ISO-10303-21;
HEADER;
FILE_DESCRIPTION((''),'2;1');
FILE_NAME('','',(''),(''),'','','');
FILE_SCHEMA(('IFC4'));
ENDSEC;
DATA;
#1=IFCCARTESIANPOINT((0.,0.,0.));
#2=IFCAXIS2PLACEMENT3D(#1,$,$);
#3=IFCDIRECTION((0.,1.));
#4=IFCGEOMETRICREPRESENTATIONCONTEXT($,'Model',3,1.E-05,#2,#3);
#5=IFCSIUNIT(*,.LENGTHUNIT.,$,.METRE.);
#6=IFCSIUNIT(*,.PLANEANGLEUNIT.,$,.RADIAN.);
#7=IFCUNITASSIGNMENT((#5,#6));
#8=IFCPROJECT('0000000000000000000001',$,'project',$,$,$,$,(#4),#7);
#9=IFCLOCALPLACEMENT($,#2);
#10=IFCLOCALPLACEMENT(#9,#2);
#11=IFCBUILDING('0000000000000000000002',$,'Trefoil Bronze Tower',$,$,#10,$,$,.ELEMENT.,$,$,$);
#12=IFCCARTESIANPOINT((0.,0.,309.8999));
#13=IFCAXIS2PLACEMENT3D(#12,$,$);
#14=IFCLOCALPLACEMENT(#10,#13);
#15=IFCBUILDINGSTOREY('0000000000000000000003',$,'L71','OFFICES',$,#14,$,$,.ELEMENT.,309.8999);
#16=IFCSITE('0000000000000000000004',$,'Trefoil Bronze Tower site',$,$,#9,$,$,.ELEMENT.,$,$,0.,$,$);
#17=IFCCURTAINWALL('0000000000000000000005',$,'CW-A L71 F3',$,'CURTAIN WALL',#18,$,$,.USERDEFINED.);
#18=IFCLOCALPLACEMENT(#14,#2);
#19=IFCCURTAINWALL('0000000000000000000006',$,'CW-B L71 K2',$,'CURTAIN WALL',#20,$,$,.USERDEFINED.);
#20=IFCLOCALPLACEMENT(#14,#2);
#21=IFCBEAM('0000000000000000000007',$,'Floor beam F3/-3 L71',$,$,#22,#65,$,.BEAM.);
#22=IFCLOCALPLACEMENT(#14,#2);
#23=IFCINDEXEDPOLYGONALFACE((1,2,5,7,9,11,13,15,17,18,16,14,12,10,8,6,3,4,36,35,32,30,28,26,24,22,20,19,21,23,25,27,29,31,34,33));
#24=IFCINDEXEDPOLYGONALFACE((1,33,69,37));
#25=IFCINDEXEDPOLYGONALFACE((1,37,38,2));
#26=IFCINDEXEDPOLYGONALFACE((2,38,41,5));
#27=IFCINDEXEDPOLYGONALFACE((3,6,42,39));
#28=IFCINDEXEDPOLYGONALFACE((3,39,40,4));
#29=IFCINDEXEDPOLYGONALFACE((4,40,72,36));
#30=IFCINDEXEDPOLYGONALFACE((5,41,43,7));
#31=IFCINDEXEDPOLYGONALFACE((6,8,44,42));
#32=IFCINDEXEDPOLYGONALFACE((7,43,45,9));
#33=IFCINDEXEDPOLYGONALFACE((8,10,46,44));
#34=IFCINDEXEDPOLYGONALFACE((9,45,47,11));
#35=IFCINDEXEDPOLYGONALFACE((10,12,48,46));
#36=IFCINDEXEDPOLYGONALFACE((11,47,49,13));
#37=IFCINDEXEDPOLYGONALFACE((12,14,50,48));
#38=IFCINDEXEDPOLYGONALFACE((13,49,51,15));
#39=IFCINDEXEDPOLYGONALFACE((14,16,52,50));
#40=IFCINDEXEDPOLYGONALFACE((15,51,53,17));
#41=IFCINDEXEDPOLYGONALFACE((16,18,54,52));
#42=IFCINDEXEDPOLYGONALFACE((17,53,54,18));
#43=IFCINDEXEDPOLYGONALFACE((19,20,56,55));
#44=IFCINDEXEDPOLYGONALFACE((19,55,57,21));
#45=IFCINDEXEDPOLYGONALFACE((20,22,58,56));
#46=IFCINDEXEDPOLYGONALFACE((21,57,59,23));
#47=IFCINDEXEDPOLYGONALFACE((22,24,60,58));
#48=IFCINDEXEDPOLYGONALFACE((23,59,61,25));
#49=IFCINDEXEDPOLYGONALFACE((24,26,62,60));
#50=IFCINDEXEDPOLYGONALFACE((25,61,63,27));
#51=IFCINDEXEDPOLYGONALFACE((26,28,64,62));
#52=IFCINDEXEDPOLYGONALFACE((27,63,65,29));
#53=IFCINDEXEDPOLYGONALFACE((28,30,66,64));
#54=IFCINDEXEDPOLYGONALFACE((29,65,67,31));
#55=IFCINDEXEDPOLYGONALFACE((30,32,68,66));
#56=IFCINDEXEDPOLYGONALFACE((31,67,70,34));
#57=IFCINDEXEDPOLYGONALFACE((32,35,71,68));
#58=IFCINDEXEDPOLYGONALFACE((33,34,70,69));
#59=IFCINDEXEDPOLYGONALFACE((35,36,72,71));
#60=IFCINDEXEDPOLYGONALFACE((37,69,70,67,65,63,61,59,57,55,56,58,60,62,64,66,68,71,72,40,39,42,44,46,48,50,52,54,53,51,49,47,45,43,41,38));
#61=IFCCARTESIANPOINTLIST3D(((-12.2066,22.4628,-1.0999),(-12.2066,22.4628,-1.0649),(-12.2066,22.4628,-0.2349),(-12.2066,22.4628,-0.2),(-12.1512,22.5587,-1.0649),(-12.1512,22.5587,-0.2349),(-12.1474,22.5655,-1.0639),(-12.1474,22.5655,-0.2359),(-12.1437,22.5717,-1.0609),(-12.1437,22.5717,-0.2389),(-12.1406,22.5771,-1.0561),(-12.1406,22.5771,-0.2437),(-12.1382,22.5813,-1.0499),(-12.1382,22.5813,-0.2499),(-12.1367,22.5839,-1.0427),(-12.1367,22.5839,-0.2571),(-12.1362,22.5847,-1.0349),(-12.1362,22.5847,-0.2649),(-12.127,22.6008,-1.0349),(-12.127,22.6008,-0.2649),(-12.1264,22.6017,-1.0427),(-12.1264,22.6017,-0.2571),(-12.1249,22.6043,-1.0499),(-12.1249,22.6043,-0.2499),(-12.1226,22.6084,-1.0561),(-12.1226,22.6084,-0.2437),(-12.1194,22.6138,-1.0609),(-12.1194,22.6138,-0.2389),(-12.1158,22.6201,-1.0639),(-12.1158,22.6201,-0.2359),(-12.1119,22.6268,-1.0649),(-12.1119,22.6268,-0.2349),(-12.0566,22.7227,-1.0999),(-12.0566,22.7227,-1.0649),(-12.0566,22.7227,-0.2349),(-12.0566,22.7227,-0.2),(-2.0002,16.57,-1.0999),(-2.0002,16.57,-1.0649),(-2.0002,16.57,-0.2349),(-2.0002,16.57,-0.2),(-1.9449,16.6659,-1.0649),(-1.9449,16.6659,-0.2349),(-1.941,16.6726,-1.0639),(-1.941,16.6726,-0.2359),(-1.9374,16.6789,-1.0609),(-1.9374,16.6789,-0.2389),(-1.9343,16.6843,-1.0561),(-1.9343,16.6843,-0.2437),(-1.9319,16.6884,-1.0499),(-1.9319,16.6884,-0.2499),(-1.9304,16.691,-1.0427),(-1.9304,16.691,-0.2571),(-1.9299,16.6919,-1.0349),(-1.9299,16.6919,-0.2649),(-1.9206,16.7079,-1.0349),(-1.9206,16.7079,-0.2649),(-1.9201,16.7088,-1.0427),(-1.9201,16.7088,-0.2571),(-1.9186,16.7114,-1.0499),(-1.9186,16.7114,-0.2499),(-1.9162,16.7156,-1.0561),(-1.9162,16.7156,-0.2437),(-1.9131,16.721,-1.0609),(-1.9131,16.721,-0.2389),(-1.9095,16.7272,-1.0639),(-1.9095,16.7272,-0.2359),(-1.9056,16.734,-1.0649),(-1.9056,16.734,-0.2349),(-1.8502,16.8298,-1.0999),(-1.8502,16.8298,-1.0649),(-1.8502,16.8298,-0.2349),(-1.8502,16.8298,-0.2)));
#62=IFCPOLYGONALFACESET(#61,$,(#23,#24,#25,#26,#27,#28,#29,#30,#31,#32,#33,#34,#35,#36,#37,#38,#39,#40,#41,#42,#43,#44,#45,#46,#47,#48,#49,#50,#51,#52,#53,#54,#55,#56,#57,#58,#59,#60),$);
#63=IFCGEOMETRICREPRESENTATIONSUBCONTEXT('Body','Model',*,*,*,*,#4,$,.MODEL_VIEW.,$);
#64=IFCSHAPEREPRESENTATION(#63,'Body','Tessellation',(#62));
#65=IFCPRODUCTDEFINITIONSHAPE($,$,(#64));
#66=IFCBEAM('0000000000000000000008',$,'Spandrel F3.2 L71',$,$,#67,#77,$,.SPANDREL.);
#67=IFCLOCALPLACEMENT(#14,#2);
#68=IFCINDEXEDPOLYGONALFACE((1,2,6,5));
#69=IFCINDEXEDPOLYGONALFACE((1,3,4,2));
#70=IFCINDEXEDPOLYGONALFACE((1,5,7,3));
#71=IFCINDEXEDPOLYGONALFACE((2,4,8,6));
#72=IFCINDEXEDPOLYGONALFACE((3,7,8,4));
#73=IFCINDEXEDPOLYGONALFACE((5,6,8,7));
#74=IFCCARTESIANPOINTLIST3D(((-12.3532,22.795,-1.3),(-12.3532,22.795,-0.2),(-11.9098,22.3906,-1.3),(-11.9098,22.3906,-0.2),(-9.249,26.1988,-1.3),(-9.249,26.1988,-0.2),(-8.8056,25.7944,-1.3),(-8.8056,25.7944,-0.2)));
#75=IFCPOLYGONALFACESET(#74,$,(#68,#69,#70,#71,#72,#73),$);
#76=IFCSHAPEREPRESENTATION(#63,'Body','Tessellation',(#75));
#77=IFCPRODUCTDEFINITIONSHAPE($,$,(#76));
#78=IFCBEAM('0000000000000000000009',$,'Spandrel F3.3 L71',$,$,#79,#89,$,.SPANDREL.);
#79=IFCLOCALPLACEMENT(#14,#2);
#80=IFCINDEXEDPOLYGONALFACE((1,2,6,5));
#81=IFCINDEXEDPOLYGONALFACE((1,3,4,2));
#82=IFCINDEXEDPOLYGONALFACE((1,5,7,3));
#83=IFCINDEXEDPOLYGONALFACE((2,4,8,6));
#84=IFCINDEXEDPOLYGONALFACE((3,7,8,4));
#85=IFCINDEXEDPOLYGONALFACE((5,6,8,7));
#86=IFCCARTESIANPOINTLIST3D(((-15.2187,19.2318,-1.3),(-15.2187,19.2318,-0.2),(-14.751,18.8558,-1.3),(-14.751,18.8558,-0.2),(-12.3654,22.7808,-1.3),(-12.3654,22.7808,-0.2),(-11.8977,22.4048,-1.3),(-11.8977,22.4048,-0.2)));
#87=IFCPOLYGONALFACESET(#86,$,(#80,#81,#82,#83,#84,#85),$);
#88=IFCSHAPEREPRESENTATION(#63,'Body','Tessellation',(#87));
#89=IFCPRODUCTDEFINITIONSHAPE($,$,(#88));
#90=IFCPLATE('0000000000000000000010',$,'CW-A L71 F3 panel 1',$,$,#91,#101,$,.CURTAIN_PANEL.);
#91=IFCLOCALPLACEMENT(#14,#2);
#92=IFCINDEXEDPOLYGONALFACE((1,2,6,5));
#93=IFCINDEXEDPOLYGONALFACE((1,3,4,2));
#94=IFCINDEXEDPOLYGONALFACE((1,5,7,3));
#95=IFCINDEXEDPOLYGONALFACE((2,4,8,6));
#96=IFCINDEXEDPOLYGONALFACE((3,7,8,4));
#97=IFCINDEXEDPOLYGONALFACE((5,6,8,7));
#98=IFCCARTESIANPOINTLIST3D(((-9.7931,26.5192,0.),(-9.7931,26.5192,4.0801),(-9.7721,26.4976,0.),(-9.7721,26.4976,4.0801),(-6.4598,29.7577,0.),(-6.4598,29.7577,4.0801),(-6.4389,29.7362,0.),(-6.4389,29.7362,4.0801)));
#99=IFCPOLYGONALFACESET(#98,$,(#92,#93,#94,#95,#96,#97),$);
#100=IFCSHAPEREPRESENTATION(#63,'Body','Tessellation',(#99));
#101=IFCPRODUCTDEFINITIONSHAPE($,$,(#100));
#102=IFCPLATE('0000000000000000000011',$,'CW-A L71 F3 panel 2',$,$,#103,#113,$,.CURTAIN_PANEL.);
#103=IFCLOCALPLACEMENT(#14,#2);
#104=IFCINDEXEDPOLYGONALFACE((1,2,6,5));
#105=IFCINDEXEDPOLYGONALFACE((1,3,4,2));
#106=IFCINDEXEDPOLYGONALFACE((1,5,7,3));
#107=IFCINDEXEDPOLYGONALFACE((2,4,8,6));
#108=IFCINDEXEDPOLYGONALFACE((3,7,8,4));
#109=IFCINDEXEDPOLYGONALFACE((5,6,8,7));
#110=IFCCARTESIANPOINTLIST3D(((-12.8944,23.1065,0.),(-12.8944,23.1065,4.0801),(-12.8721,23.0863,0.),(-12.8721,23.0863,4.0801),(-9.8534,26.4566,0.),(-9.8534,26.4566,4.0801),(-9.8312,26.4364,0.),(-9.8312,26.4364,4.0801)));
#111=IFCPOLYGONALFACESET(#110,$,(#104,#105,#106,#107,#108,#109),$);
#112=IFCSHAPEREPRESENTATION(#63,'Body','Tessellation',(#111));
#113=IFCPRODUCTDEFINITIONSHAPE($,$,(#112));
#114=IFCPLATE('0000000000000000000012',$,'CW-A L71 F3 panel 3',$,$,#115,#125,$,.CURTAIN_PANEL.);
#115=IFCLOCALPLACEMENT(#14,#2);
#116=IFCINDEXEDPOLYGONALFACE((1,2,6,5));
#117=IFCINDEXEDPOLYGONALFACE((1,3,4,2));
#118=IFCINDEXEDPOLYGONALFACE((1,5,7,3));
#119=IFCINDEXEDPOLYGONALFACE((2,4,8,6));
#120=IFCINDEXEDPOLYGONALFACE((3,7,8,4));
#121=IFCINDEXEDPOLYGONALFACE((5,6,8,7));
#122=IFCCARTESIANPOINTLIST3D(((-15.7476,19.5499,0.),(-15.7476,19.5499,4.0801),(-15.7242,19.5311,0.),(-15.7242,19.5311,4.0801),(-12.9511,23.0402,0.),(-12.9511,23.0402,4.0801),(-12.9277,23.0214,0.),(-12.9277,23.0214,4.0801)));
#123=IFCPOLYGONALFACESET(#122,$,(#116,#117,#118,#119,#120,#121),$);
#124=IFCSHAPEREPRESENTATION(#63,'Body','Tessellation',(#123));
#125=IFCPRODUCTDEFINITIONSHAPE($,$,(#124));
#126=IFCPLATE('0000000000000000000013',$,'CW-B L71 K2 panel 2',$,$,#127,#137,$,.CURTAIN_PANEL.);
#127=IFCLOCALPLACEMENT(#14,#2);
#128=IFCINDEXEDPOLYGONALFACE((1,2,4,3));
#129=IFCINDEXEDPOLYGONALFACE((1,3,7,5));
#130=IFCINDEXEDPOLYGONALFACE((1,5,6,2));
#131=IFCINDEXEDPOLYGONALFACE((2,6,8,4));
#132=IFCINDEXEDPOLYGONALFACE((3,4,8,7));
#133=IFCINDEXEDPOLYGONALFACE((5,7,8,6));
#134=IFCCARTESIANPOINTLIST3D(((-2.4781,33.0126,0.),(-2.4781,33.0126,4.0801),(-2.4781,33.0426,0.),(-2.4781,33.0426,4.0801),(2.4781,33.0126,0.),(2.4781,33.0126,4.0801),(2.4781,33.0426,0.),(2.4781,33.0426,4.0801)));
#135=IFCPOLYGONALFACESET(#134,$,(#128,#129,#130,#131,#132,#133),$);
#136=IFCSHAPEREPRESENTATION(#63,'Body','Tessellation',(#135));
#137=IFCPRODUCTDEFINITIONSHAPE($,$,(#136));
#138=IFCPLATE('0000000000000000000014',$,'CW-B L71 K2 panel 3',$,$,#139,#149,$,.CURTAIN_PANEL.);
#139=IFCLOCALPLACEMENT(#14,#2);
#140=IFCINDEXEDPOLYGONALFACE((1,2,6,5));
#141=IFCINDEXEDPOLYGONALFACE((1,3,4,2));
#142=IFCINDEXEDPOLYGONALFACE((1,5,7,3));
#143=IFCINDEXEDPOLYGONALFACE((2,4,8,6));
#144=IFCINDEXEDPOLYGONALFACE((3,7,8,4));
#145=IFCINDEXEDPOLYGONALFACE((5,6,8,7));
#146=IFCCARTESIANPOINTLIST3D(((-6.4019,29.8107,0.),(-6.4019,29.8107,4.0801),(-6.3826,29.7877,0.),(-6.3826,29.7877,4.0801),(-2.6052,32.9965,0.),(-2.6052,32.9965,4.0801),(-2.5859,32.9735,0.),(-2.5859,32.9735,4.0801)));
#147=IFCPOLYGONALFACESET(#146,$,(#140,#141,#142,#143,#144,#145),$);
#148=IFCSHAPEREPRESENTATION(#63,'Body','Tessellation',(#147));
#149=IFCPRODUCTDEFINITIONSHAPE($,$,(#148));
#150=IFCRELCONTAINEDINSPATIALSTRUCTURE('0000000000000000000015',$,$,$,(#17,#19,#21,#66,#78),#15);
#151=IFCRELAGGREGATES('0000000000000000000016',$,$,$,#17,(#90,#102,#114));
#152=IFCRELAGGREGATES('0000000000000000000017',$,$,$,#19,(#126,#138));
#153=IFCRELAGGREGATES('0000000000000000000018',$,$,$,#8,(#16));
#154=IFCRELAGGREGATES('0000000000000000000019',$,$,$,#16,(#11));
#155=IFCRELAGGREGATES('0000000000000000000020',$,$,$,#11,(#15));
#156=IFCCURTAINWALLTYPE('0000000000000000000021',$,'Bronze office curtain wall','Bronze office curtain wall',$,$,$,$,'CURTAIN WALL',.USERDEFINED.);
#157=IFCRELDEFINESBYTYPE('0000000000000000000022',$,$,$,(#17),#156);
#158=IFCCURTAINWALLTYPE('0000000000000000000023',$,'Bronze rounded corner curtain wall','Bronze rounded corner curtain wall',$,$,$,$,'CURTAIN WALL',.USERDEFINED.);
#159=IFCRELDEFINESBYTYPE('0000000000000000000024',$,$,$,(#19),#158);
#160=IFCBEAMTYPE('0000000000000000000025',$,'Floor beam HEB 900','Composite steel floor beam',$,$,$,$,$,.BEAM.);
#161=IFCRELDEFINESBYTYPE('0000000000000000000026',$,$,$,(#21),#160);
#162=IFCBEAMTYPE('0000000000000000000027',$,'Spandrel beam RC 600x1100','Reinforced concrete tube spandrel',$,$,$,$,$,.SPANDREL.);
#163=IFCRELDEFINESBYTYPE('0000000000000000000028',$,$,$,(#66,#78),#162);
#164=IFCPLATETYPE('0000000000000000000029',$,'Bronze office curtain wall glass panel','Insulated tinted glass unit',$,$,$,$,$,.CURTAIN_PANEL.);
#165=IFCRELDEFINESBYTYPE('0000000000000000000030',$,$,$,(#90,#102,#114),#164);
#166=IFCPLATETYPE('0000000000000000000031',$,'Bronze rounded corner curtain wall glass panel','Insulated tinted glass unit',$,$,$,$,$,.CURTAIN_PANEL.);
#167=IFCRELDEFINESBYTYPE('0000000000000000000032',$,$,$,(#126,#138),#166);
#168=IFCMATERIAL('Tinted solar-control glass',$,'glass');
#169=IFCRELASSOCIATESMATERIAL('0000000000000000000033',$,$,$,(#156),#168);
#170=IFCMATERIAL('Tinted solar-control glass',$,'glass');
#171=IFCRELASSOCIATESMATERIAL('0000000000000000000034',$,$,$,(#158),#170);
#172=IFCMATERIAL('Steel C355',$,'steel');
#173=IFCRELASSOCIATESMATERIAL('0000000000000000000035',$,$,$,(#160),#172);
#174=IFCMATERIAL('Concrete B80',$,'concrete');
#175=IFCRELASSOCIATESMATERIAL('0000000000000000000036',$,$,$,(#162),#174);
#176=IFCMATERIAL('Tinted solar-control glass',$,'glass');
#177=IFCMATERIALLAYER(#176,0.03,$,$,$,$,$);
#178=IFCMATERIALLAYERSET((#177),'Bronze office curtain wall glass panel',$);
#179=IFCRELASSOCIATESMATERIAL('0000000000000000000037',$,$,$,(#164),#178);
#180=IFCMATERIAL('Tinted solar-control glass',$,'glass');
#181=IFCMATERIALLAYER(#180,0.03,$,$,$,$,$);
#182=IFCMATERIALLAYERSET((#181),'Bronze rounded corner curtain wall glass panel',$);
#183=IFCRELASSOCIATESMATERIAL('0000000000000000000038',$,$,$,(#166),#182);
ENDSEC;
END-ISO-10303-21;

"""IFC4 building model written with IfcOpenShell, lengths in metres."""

from ifc_helpers import new_model, si_unit, direction, frame, origin, origin_2d, place, context, subcontext, project, spatial, rectangle, i_section, extrude, material, layer, layer_set, material_profile, profile_set, type_object, element, aggregate, save


model = new_model("IFC4")

# Units and contexts
model_context = context("Model", 3, precision=1e-05, world=origin(), true_north=direction((0.0, 1.0)))
body_context = subcontext(model_context, "Body", "Model", "MODEL_VIEW")
ifc_project = project(units=[si_unit("LENGTHUNIT", "METRE"), si_unit("PLANEANGLEUNIT", "RADIAN")], contexts=[model_context])

# Site, building, storey
site_placement = place(None, origin())
site = spatial("IfcSite", under=ifc_project, at=site_placement, Name="Trefoil Bronze Tower site", CompositionType="ELEMENT", RefElevation=0.0)
building_placement = place(site_placement, origin())
building = spatial("IfcBuilding", under=site, at=building_placement, Name="Trefoil Bronze Tower", CompositionType="ELEMENT")
storey_placement = place(building_placement, frame((0.0, 0.0, 309.8999)))
storey = spatial("IfcBuildingStorey", under=building, at=storey_placement, Name="L71", Description="OFFICES", CompositionType="ELEMENT", Elevation=309.8999)

# Curtain walls
ifc_material_1 = material(Name="Tinted solar-control glass", Category="glass")
curtain_wall_type_1 = type_object("IfcCurtainWallType", Name="Bronze office curtain wall", Description="Bronze office curtain wall", ElementType="CURTAIN WALL", PredefinedType="USERDEFINED", material=ifc_material_1)
curtain_wall_1_placement = place(storey_placement, origin())
curtain_wall_1 = element("IfcCurtainWall", 1, at=curtain_wall_1_placement, inside=storey, type_object=curtain_wall_type_1, Name="CW-A L71 F3", ObjectType="CURTAIN WALL", PredefinedType="USERDEFINED")
ifc_material_2 = material(Name="Tinted solar-control glass", Category="glass")
curtain_wall_type_2 = type_object("IfcCurtainWallType", Name="Bronze rounded corner curtain wall", Description="Bronze rounded corner curtain wall", ElementType="CURTAIN WALL", PredefinedType="USERDEFINED", material=ifc_material_2)
curtain_wall_2_placement = place(storey_placement, origin())
curtain_wall_2 = element("IfcCurtainWall", 2, at=curtain_wall_2_placement, inside=storey, type_object=curtain_wall_type_2, Name="CW-B L71 K2", ObjectType="CURTAIN WALL", PredefinedType="USERDEFINED")

# Beams
ifc_material_3 = material(Name="Steel C355", Category="steel")
ifc_material_profile_1 = material_profile(ifc_material_3, i_section(OverallWidth=0.3, OverallDepth=0.8999, WebThickness=0.0186, FlangeThickness=0.0349, FilletRadius=0.03, at=origin_2d()), Name="HEB 900")
ifc_profile_set_1 = profile_set([ifc_material_profile_1], Name="Steel C355")
beam_type_1 = type_object("IfcBeamType", Name="Floor beam HEB 900", Description="Composite steel floor beam", PredefinedType="BEAM", material=ifc_profile_set_1)
beam_1_placement = place(storey_placement, frame((-12.1316, 22.5928, -0.6499), z_axis=(0.866018, -0.500014, 0.0), x_axis=(0.500014, 0.866018, 0.0)))
element("IfcBeam", 3, at=beam_1_placement, inside=storey, type_object=beam_type_1, Name="Floor beam F3/-3 L71", PredefinedType="BEAM", context=body_context, shape_type="SweptSolid", body=[
    extrude(i_section(OverallWidth=0.3, OverallDepth=0.8999, WebThickness=0.0186, FlangeThickness=0.0349, FilletRadius=0.03, at=origin_2d()), origin(), (0.0, 0.0, 1.0), 11.7854),
])
ifc_material_4 = material(Name="Concrete B80", Category="concrete")
ifc_material_profile_2 = material_profile(ifc_material_4, rectangle(XDim=0.6001, YDim=1.1001, at=origin_2d()), Name="RC 600x1100")
ifc_profile_set_2 = profile_set([ifc_material_profile_2], Name="Concrete B80")
beam_type_2 = type_object("IfcBeamType", Name="Spandrel beam RC 600x1100", Description="Reinforced concrete tube spandrel", PredefinedType="SPANDREL", material=ifc_profile_set_2)
beam_2_placement = place(storey_placement, frame((-9.0273, 25.9966, -0.75), z_axis=(-0.673846, -0.738872, 0.0), x_axis=(0.738872, -0.673846, 0.0)))
element("IfcBeam", 4, at=beam_2_placement, inside=storey, type_object=beam_type_2, Name="Spandrel F3.2 L71", PredefinedType="SPANDREL", context=body_context, shape_type="SweptSolid", body=[
    extrude(rectangle(XDim=0.6001, YDim=1.1001, at=origin_2d()), origin(), (0.0, 0.0, 1.0), 4.6067),
])
beam_3_placement = place(storey_placement, frame((-12.1316, 22.5928, -0.75), z_axis=(-0.62657, -0.779365, 0.0), x_axis=(0.779365, -0.62657, 0.0)))
element("IfcBeam", 5, at=beam_3_placement, inside=storey, type_object=beam_type_2, Name="Spandrel F3.3 L71", PredefinedType="SPANDREL", context=body_context, shape_type="SweptSolid", body=[
    extrude(rectangle(XDim=0.6001, YDim=1.1001, at=origin_2d()), origin(), (0.0, 0.0, 1.0), 4.5537),
])

# Plates
ifc_material_5 = material(Name="Tinted solar-control glass", Category="glass")
ifc_layer_1 = layer(ifc_material_5, 0.03)
ifc_layer_set_1 = layer_set([ifc_layer_1], Name="Bronze office curtain wall glass panel")
plate_type_1 = type_object("IfcPlateType", Name="Bronze office curtain wall glass panel", Description="Insulated tinted glass unit", PredefinedType="CURTAIN_PANEL", material=ifc_layer_set_1)
plate_1_placement = place(storey_placement, frame((-8.116, 28.1277, 0.0), z_axis=(0.0, 0.0, 1.0), x_axis=(-0.717218, -0.696849, 0.0)))
plate_1 = element("IfcPlate", 6, at=plate_1_placement, type_object=plate_type_1, Name="CW-A L71 F3 panel 1", PredefinedType="CURTAIN_PANEL", context=body_context, shape_type="SweptSolid", body=[
    extrude(rectangle(XDim=4.6475, YDim=0.03, at=origin_2d()), origin(), (0.0, 0.0, 1.0), 4.0801),
])
plate_2_placement = place(storey_placement, frame((-11.3628, 24.7715, 0.0), z_axis=(0.0, 0.0, 1.0), x_axis=(-0.672115, -0.740447, 0.0)))
plate_2 = element("IfcPlate", 7, at=plate_2_placement, type_object=plate_type_1, Name="CW-A L71 F3 panel 2", PredefinedType="CURTAIN_PANEL", context=body_context, shape_type="SweptSolid", body=[
    extrude(rectangle(XDim=4.5244, YDim=0.03, at=origin_2d()), origin(), (0.0, 0.0, 1.0), 4.0801),
])
plate_3_placement = place(storey_placement, frame((-14.3376, 21.2856, 0.0), z_axis=(0.0, 0.0, 1.0), x_axis=(-0.625287, -0.780395, 0.0)))
plate_3 = element("IfcPlate", 8, at=plate_3_placement, type_object=plate_type_1, Name="CW-A L71 F3 panel 3", PredefinedType="CURTAIN_PANEL", context=body_context, shape_type="SweptSolid", body=[
    extrude(rectangle(XDim=4.4724, YDim=0.03, at=origin_2d()), origin(), (0.0, 0.0, 1.0), 4.0801),
])
aggregate(curtain_wall_1, [plate_1, plate_2, plate_3])
ifc_material_6 = material(Name="Tinted solar-control glass", Category="glass")
ifc_layer_2 = layer(ifc_material_6, 0.03)
ifc_layer_set_2 = layer_set([ifc_layer_2], Name="Bronze rounded corner curtain wall glass panel")
plate_type_2 = type_object("IfcPlateType", Name="Bronze rounded corner curtain wall glass panel", Description="Insulated tinted glass unit", PredefinedType="CURTAIN_PANEL", material=ifc_layer_set_2)
plate_4_placement = place(storey_placement, frame((0.0, 33.0276, 0.0), z_axis=(0.0, 0.0, 1.0), x_axis=(-1.0, 0.0, 0.0)))
plate_4 = element("IfcPlate", 9, at=plate_4_placement, type_object=plate_type_2, Name="CW-B L71 K2 panel 2", PredefinedType="CURTAIN_PANEL", context=body_context, shape_type="SweptSolid", body=[
    extrude(rectangle(XDim=4.9563, YDim=0.03, at=origin_2d()), origin(), (0.0, 0.0, 1.0), 4.0801),
])
plate_5_placement = place(storey_placement, frame((-4.4939, 31.3921, 0.0), z_axis=(0.0, 0.0, 1.0), x_axis=(-0.766044, -0.642788, 0.0)))
plate_5 = element("IfcPlate", 10, at=plate_5_placement, type_object=plate_type_2, Name="CW-B L71 K2 panel 3", PredefinedType="CURTAIN_PANEL", context=body_context, shape_type="SweptSolid", body=[
    extrude(rectangle(XDim=4.9563, YDim=0.03, at=origin_2d()), origin(), (0.0, 0.0, 1.0), 4.0801),
])
aggregate(curtain_wall_2, [plate_4, plate_5])

save(model, "model.ifc")
